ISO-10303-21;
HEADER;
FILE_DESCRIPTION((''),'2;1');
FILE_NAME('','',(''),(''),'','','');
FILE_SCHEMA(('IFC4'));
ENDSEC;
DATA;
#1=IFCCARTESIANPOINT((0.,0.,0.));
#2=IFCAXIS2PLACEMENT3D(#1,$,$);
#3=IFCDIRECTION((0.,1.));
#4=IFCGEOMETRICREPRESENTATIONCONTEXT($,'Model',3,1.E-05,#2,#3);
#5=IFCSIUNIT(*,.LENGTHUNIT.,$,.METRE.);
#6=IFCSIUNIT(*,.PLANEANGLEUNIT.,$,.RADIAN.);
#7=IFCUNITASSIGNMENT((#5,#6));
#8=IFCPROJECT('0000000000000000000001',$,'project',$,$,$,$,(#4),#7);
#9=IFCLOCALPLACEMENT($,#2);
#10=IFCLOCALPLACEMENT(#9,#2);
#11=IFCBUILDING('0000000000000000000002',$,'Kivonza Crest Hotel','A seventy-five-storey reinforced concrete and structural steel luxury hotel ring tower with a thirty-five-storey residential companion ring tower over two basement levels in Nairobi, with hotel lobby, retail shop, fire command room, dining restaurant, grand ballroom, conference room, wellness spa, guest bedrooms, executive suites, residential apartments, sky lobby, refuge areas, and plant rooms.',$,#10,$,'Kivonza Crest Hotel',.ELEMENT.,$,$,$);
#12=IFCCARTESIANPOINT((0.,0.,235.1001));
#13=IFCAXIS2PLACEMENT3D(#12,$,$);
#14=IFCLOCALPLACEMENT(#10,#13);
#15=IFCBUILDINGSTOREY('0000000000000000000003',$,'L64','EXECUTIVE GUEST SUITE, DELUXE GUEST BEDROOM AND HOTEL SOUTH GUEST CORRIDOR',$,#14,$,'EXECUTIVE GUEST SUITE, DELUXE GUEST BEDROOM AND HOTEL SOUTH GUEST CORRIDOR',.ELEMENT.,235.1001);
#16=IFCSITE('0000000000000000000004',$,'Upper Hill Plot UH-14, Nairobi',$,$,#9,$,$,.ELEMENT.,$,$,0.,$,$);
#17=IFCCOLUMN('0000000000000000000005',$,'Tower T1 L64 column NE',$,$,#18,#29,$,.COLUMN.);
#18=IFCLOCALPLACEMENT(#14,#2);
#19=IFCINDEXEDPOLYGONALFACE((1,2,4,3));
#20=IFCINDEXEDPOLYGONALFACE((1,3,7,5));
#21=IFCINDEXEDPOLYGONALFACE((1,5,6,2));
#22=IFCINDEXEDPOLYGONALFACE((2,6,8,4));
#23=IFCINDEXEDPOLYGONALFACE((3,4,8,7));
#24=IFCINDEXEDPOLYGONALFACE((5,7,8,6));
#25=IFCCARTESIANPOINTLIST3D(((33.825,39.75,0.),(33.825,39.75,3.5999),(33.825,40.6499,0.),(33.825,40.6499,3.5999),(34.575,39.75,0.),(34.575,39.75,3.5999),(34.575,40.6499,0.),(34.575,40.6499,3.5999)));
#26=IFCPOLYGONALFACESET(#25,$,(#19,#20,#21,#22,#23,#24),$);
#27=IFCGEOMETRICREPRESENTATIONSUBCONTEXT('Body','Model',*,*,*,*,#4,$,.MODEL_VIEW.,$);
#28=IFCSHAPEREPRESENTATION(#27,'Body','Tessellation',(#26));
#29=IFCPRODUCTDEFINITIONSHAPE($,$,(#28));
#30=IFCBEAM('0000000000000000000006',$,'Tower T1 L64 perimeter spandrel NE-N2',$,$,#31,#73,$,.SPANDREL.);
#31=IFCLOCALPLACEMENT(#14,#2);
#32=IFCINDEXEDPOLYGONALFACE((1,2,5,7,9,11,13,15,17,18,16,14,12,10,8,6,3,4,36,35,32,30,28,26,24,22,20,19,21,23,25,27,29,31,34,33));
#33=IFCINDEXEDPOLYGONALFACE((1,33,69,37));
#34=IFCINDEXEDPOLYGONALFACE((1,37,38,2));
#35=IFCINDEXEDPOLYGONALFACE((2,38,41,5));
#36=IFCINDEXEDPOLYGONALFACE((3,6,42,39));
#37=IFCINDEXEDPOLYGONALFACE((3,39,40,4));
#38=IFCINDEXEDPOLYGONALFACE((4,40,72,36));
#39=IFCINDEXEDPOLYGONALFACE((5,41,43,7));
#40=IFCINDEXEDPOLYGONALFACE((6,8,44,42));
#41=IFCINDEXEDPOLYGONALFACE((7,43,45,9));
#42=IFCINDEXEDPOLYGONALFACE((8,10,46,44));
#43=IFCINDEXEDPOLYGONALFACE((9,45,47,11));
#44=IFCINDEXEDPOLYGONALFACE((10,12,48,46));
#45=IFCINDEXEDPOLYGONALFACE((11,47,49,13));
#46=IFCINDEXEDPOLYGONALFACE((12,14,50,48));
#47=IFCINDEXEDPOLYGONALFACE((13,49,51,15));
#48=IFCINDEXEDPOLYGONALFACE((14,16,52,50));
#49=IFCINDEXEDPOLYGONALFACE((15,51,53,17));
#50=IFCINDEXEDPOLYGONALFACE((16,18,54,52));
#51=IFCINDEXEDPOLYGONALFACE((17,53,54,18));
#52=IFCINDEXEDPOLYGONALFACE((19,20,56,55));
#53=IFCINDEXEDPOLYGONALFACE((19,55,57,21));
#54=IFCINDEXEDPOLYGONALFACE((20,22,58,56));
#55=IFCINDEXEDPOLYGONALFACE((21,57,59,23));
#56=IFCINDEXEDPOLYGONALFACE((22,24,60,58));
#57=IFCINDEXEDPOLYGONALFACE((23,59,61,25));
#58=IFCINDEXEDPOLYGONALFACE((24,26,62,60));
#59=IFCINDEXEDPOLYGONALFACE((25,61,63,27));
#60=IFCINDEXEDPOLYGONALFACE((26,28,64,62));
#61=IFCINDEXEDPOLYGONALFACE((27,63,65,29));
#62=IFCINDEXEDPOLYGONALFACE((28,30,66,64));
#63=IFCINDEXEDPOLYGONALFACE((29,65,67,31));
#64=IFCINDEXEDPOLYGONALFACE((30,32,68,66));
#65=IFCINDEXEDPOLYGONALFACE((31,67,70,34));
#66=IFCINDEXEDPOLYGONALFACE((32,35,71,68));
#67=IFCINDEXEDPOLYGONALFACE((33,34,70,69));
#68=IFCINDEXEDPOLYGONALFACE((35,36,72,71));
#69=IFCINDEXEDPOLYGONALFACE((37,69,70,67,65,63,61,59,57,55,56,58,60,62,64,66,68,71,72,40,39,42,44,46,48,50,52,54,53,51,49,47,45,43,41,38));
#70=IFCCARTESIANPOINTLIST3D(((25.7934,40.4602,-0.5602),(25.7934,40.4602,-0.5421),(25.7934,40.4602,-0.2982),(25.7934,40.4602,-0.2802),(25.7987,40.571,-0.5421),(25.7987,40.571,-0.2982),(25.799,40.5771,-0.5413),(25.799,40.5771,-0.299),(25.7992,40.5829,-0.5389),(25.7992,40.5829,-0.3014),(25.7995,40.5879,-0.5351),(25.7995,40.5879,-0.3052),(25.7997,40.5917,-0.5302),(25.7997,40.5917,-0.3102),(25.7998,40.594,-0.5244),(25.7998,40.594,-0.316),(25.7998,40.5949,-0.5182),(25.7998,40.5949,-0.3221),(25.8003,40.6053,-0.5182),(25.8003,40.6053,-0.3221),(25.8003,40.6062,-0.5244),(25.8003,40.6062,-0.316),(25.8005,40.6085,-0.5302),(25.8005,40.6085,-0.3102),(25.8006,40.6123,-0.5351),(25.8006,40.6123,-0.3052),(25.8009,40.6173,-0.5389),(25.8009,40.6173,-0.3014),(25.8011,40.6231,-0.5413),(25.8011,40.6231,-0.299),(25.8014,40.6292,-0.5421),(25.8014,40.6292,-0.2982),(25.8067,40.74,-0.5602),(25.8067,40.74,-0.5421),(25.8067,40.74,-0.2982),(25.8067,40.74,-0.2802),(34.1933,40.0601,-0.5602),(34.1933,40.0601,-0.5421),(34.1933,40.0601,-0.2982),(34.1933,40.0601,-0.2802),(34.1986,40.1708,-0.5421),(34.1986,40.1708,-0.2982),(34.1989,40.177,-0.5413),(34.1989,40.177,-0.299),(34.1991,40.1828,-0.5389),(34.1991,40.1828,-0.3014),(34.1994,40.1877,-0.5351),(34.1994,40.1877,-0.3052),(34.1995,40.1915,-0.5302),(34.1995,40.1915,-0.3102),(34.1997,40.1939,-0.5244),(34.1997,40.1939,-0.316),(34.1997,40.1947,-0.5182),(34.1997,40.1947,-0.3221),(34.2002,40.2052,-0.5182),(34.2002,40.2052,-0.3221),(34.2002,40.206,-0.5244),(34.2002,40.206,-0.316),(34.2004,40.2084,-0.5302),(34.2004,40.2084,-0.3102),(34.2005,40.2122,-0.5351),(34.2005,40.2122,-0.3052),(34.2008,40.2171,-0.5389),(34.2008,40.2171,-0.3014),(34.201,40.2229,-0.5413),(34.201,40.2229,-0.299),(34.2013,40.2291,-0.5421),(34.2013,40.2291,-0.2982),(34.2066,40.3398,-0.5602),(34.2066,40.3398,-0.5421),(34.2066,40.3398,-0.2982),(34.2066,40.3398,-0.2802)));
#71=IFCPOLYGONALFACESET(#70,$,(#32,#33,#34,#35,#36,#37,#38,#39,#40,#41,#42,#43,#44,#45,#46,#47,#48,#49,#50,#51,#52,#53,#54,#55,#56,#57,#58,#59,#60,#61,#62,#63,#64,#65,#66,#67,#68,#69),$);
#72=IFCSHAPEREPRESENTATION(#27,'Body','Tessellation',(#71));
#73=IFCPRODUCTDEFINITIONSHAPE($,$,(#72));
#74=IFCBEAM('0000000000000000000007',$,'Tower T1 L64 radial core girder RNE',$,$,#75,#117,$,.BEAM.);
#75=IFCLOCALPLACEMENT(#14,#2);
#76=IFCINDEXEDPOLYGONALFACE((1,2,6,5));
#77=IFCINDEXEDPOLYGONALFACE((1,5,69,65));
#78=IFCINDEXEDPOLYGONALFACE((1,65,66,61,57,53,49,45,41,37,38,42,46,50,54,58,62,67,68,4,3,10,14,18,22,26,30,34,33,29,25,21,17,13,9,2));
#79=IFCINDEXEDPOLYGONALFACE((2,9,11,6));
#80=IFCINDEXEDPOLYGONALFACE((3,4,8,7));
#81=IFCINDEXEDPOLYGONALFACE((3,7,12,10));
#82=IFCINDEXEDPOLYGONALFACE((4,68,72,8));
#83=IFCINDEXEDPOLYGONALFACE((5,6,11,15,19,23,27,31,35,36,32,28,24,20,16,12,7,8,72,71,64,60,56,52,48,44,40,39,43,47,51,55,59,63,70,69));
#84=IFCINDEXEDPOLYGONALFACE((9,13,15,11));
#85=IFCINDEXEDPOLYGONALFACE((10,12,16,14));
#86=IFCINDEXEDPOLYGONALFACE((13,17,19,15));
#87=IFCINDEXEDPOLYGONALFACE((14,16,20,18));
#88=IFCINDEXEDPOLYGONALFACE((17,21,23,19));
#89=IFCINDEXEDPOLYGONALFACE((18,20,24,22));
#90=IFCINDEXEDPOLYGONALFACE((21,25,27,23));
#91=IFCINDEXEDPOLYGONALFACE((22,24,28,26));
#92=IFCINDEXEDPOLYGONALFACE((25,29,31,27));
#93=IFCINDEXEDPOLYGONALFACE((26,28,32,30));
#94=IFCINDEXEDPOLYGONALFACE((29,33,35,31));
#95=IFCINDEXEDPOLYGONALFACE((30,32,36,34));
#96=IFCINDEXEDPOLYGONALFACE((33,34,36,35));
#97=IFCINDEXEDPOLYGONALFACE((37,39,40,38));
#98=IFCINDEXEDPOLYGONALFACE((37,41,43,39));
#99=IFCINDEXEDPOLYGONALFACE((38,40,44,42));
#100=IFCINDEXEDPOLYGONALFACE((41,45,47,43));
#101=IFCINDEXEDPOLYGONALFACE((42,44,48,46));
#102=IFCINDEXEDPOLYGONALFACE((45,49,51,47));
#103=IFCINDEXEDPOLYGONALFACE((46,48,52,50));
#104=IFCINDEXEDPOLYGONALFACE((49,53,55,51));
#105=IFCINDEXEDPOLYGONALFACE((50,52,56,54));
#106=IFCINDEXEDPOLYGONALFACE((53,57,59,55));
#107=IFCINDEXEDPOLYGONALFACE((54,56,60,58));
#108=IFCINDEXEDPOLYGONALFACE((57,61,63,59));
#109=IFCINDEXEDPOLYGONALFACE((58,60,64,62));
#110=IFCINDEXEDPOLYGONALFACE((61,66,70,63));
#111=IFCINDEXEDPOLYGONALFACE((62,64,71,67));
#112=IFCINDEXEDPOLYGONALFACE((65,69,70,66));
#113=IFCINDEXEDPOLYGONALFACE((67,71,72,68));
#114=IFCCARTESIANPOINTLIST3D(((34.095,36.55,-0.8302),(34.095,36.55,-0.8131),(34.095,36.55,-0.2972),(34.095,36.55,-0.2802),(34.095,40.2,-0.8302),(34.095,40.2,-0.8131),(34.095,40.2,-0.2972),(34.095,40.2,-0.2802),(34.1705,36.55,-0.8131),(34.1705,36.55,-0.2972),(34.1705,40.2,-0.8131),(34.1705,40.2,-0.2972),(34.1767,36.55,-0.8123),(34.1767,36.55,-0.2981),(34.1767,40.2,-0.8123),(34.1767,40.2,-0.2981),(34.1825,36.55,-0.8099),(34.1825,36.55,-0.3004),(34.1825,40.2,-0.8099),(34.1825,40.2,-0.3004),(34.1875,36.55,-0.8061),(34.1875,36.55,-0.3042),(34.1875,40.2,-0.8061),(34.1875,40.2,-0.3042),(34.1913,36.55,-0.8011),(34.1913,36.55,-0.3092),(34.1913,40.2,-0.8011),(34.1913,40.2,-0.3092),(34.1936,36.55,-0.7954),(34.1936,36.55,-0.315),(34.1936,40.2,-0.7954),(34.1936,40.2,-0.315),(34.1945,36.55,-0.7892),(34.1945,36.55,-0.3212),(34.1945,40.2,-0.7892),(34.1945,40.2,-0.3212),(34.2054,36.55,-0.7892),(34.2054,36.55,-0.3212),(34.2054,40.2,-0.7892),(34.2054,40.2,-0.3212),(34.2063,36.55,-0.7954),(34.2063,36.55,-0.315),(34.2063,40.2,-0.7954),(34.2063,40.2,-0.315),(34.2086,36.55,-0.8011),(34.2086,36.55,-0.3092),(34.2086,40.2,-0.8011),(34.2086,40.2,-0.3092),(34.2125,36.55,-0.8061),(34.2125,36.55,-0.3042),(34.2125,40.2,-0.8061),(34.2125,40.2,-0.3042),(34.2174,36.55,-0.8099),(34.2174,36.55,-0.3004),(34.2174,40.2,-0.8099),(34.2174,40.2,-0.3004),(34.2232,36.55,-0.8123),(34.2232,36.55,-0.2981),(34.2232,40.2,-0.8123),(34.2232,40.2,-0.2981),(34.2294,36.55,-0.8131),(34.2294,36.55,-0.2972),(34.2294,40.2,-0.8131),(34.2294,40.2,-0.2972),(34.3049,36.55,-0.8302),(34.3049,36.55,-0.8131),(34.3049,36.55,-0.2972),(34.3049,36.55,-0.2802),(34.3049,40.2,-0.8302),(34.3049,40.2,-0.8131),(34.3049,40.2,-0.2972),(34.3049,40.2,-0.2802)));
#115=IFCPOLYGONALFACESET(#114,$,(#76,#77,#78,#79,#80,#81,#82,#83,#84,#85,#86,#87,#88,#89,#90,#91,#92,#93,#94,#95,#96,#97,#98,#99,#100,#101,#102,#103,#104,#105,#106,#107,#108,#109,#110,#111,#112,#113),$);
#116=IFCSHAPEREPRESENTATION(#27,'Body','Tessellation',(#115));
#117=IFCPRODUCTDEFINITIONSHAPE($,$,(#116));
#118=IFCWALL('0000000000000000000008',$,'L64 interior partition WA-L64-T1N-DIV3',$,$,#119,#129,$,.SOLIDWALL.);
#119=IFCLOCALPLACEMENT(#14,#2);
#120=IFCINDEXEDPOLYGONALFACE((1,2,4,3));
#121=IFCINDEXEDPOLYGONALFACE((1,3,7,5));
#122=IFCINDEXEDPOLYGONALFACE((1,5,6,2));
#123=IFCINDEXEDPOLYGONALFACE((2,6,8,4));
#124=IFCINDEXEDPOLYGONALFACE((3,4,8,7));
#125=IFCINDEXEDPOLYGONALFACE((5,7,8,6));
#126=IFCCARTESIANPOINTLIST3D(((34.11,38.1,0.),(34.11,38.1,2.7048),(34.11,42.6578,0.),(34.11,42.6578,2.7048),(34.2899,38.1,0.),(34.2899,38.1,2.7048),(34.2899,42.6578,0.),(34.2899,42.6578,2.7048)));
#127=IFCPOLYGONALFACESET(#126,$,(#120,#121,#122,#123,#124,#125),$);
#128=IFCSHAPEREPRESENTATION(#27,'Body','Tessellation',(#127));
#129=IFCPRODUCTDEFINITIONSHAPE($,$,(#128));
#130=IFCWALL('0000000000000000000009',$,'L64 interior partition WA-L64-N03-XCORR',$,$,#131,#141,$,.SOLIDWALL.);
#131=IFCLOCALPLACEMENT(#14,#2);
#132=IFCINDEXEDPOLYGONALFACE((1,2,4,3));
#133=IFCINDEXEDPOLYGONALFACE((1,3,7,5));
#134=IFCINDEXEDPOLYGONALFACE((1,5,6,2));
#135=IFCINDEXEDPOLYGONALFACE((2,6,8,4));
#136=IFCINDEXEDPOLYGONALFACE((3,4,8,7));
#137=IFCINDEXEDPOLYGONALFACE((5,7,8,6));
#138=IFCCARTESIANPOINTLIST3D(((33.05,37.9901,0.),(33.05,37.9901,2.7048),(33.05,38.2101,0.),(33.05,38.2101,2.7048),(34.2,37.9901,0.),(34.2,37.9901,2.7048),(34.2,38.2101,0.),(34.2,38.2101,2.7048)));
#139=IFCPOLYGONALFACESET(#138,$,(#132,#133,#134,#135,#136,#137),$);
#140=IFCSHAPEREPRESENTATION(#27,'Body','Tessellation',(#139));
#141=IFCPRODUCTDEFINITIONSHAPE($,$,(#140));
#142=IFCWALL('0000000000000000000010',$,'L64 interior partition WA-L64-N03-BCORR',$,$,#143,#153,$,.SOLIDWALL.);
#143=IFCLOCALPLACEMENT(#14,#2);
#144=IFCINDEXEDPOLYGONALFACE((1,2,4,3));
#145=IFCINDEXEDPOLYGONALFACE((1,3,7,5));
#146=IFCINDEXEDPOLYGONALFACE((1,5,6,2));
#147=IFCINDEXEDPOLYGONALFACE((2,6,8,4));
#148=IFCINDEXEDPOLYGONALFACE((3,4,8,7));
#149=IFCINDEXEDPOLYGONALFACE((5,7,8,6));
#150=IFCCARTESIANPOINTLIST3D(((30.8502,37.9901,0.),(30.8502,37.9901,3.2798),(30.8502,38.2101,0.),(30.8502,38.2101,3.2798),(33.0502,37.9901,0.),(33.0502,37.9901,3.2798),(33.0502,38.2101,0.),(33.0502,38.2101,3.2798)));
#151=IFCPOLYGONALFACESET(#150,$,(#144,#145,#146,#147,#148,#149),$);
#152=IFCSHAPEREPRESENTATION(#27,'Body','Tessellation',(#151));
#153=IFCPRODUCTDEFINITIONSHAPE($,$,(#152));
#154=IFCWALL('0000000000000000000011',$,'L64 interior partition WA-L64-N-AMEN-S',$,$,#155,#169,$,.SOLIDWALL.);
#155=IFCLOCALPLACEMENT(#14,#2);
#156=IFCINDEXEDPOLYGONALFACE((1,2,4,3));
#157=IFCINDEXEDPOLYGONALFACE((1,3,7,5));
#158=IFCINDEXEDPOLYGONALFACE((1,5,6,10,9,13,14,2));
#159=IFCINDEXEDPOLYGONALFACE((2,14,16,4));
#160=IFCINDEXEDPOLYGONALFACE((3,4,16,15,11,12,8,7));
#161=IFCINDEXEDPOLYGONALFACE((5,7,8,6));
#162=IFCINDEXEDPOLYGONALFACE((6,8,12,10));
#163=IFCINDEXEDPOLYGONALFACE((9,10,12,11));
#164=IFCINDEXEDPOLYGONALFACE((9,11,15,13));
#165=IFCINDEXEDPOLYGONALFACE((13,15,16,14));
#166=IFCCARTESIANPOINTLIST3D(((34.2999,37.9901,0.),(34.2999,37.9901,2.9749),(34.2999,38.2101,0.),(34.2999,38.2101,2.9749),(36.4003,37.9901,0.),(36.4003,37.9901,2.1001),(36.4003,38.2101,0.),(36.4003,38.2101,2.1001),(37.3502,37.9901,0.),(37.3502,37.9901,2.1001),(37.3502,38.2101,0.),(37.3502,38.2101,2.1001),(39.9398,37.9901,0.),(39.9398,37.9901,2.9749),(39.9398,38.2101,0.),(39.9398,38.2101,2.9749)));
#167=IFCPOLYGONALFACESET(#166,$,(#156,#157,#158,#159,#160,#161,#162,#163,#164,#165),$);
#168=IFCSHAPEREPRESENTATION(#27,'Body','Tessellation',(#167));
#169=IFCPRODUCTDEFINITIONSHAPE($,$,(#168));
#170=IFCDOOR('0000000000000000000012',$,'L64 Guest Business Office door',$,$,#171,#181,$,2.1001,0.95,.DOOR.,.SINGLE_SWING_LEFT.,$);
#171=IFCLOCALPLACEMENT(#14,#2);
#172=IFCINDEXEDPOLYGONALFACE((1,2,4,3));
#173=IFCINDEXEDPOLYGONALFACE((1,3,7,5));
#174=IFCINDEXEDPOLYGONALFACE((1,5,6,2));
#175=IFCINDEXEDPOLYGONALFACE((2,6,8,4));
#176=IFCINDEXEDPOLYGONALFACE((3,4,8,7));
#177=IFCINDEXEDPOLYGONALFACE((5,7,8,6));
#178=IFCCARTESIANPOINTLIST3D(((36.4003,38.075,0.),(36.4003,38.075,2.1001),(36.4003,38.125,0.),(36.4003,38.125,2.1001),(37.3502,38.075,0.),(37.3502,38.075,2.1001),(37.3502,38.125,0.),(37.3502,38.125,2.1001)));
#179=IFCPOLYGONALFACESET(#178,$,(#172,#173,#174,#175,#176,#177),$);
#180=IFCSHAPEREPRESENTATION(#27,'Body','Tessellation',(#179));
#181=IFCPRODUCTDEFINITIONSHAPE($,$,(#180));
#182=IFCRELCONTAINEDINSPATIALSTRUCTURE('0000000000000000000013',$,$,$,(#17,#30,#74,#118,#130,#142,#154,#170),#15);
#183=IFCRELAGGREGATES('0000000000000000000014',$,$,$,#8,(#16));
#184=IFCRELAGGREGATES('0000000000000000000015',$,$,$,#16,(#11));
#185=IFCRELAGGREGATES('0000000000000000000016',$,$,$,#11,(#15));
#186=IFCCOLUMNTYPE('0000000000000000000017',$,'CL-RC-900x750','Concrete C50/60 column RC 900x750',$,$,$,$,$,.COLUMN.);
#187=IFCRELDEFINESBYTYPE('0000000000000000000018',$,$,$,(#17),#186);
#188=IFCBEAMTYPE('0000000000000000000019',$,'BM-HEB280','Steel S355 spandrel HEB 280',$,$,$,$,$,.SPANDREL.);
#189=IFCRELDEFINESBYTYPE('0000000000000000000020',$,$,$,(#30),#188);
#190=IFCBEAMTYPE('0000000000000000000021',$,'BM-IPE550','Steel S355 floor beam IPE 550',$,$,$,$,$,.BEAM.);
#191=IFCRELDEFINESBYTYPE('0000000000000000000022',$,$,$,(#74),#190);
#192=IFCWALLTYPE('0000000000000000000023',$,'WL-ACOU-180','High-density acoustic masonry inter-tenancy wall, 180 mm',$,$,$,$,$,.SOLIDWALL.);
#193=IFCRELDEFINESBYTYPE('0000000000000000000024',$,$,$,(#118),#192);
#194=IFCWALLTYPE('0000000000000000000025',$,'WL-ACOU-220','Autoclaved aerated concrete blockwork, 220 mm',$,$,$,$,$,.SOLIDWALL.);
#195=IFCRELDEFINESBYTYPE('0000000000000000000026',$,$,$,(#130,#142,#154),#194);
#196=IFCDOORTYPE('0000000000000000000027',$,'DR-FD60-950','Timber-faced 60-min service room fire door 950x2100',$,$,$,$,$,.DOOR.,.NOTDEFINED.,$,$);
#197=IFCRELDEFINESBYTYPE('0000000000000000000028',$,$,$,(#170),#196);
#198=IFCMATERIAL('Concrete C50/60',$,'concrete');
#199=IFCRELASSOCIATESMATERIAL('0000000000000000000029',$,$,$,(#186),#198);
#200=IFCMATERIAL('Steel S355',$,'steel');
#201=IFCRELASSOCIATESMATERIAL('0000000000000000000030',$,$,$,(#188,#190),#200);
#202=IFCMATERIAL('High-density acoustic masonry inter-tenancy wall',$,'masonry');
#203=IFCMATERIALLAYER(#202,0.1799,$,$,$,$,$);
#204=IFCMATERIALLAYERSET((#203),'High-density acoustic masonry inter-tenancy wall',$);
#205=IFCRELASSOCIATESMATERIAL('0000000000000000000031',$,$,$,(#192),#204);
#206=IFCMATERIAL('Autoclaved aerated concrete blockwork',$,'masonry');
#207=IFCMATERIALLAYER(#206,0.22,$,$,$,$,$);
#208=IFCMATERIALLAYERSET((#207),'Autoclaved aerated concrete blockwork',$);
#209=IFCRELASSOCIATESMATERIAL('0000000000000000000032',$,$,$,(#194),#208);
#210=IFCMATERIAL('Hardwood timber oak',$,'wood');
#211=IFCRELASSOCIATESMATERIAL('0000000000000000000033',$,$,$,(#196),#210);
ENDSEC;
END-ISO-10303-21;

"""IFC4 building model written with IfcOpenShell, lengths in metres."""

from ifc_helpers import new_model, si_unit, direction, frame, frame_2d, origin, origin_2d, place, context, subcontext, project, spatial, rectangle, i_section, extrude, material, layer, layer_set, material_profile, profile_set, type_object, element, fill, save


model = new_model("IFC4")

# Units and contexts
model_context = context("Model", 3, precision=1e-05, world=origin(), true_north=direction((0.0, 1.0)))
body_context = subcontext(model_context, "Body", "Model", "MODEL_VIEW")
ifc_project = project(units=[si_unit("LENGTHUNIT", "METRE"), si_unit("PLANEANGLEUNIT", "RADIAN")], contexts=[model_context])

# Site, building, storey
site_placement = place(None, origin())
site = spatial("IfcSite", under=ifc_project, at=site_placement, Name="Upper Hill Plot UH-14, Nairobi", CompositionType="ELEMENT", RefElevation=0.0)
building_placement = place(site_placement, origin())
building = spatial("IfcBuilding", under=site, at=building_placement, Name="Kivonza Crest Hotel", Description="A seventy-five-storey reinforced concrete and structural steel luxury hotel ring tower with a thirty-five-storey residential companion ring tower over two basement levels in Nairobi, with hotel lobby, retail shop, fire command room, dining restaurant, grand ballroom, conference room, wellness spa, guest bedrooms, executive suites, residential apartments, sky lobby, refuge areas, and plant rooms.", LongName="Kivonza Crest Hotel", CompositionType="ELEMENT")
storey_placement = place(building_placement, frame((0.0, 0.0, 235.1001)))
storey = spatial("IfcBuildingStorey", under=building, at=storey_placement, Name="L64", Description="EXECUTIVE GUEST SUITE, DELUXE GUEST BEDROOM AND HOTEL SOUTH GUEST CORRIDOR", LongName="EXECUTIVE GUEST SUITE, DELUXE GUEST BEDROOM AND HOTEL SOUTH GUEST CORRIDOR", CompositionType="ELEMENT", Elevation=235.1001)

# Column
ifc_material_1 = material(Name="Concrete C50/60", Category="concrete")
ifc_material_profile_1 = material_profile(ifc_material_1, rectangle(XDim=0.75, YDim=0.8999, at=origin_2d()), Name="RC 900x750")
ifc_profile_set_1 = profile_set([ifc_material_profile_1], Name="Concrete C50/60")
column_type = type_object("IfcColumnType", Name="CL-RC-900x750", Description="Concrete C50/60 column RC 900x750", PredefinedType="COLUMN", material=ifc_profile_set_1)
column_placement = place(storey_placement, frame((34.2, 40.2, 0.0), z_axis=(0.0, 0.0, 1.0), x_axis=(1.0, 0.0, 0.0)))
element("IfcColumn", 1, at=column_placement, inside=storey, type_object=column_type, Name="Tower T1 L64 column NE", PredefinedType="COLUMN", context=body_context, shape_type="SweptSolid", body=[
    extrude(rectangle(XDim=0.75, YDim=0.8999, at=origin_2d()), origin(), (0.0, 0.0, 1.0), 3.5999),
])

# Beams
ifc_material_2 = material(Name="Steel S355", Category="steel")
ifc_material_profile_2 = material_profile(ifc_material_2, i_section(OverallWidth=0.28, OverallDepth=0.28, WebThickness=0.0105, FlangeThickness=0.0181, FilletRadius=0.0239, at=origin_2d()), Name="HEB 280")
ifc_profile_set_2 = profile_set([ifc_material_profile_2], Name="Steel S355")
beam_type_1 = type_object("IfcBeamType", Name="BM-HEB280", Description="Steel S355 spandrel HEB 280", PredefinedType="SPANDREL", material=ifc_profile_set_2)
beam_1_placement = place(storey_placement, frame((34.2, 40.2, -0.4202), z_axis=(-0.998867, 0.047583, 0.0), x_axis=(-0.047583, -0.998867, 0.0)))
element("IfcBeam", 2, at=beam_1_placement, inside=storey, type_object=beam_type_1, Name="Tower T1 L64 perimeter spandrel NE-N2", PredefinedType="SPANDREL", context=body_context, shape_type="SweptSolid", body=[
    extrude(i_section(OverallWidth=0.28, OverallDepth=0.28, WebThickness=0.0105, FlangeThickness=0.0181, FilletRadius=0.0239, at=origin_2d()), origin(), (0.0, 0.0, 1.0), 8.4094),
])
ifc_material_profile_3 = material_profile(ifc_material_2, i_section(OverallWidth=0.21, OverallDepth=0.55, WebThickness=0.011, FlangeThickness=0.0171, FilletRadius=0.0239, at=origin_2d()), Name="IPE 550")
ifc_profile_set_3 = profile_set([ifc_material_profile_3], Name="Steel S355")
beam_type_2 = type_object("IfcBeamType", Name="BM-IPE550", Description="Steel S355 floor beam IPE 550", PredefinedType="BEAM", material=ifc_profile_set_3)
beam_2_placement = place(storey_placement, frame((34.2, 40.2, -0.5552), z_axis=(0.0, -1.0, 0.0), x_axis=(1.0, 0.0, 0.0)))
element("IfcBeam", 3, at=beam_2_placement, inside=storey, type_object=beam_type_2, Name="Tower T1 L64 radial core girder RNE", PredefinedType="BEAM", context=body_context, shape_type="SweptSolid", body=[
    extrude(i_section(OverallWidth=0.21, OverallDepth=0.55, WebThickness=0.011, FlangeThickness=0.0171, FilletRadius=0.0239, at=origin_2d()), origin(), (0.0, 0.0, 1.0), 3.6499),
])

# Walls
ifc_material_3 = material(Name="High-density acoustic masonry inter-tenancy wall", Category="masonry")
ifc_layer_1 = layer(ifc_material_3, 0.1799)
ifc_layer_set_1 = layer_set([ifc_layer_1], Name="High-density acoustic masonry inter-tenancy wall")
wall_type_1 = type_object("IfcWallType", Name="WL-ACOU-180", Description="High-density acoustic masonry inter-tenancy wall, 180 mm", PredefinedType="SOLIDWALL", material=ifc_layer_set_1)
wall_1_placement = place(storey_placement, frame((34.2, 38.1001, 0.0), z_axis=(0.0, 0.0, 1.0), x_axis=(0.0, 1.0, 0.0)))
element("IfcWall", 4, at=wall_1_placement, inside=storey, type_object=wall_type_1, Name="L64 interior partition WA-L64-T1N-DIV3", PredefinedType="SOLIDWALL", context=body_context, shape_type="SweptSolid", body=[
    extrude(rectangle(XDim=4.5579, YDim=0.1799, at=frame_2d((2.2788, 0.0))), origin(), (0.0, 0.0, 1.0), 2.7048),
])
ifc_material_4 = material(Name="Autoclaved aerated concrete blockwork", Category="masonry")
ifc_layer_2 = layer(ifc_material_4, 0.22)
ifc_layer_set_2 = layer_set([ifc_layer_2], Name="Autoclaved aerated concrete blockwork")
wall_type_2 = type_object("IfcWallType", Name="WL-ACOU-220", Description="Autoclaved aerated concrete blockwork, 220 mm", PredefinedType="SOLIDWALL", material=ifc_layer_set_2)
wall_2_placement = place(storey_placement, frame((33.05, 38.1001, 0.0), z_axis=(0.0, 0.0, 1.0), x_axis=(1.0, 0.0, 0.0)))
element("IfcWall", 5, at=wall_2_placement, inside=storey, type_object=wall_type_2, Name="L64 interior partition WA-L64-N03-XCORR", PredefinedType="SOLIDWALL", context=body_context, shape_type="SweptSolid", body=[
    extrude(rectangle(XDim=1.1499, YDim=0.22, at=frame_2d((0.575, 0.0))), origin(), (0.0, 0.0, 1.0), 2.7048),
])
wall_3_placement = place(storey_placement, frame((30.8501, 38.1001, 0.0), z_axis=(0.0, 0.0, 1.0), x_axis=(1.0, 0.0, 0.0)))
element("IfcWall", 6, at=wall_3_placement, inside=storey, type_object=wall_type_2, Name="L64 interior partition WA-L64-N03-BCORR", PredefinedType="SOLIDWALL", context=body_context, shape_type="SweptSolid", body=[
    extrude(rectangle(XDim=2.2, YDim=0.22, at=frame_2d((1.1001, 0.0))), origin(), (0.0, 0.0, 1.0), 3.2798),
])

# Wall, opening, door
wall_4_placement = place(storey_placement, frame((34.3, 38.1001, 0.0), z_axis=(0.0, 0.0, 1.0), x_axis=(1.0, 0.0, 0.0)))
wall_4 = element("IfcWall", 7, at=wall_4_placement, inside=storey, type_object=wall_type_2, Name="L64 interior partition WA-L64-N-AMEN-S", PredefinedType="SOLIDWALL", context=body_context, shape_type="SweptSolid", body=[
    extrude(rectangle(XDim=5.6399, YDim=0.22, at=frame_2d((2.8198, 0.0))), origin(), (0.0, 0.0, 1.0), 2.9749),
])
opening_1_placement = place(wall_4_placement, frame((2.1001, 0.0, 0.0)))
opening_1 = element("IfcOpeningElement", 8, at=opening_1_placement, cuts=wall_4, PredefinedType="OPENING", context=body_context, shape_type="SweptSolid", body=[
    extrude(rectangle(XDim=0.95, YDim=2.1001, at=frame_2d((0.4751, 1.05))), frame((0.0, 0.1201, 0.0), z_axis=(0.0, -1.0, 0.0), x_axis=(1.0, 0.0, 0.0)), (0.0, 0.0, 1.0), 0.24),
])
ifc_material_5 = material(Name="Hardwood timber oak", Category="wood")
door_type_1 = type_object("IfcDoorType", Name="DR-FD60-950", Description="Timber-faced 60-min service room fire door 950x2100", OperationType="NOTDEFINED", PredefinedType="DOOR", material=ifc_material_5)
door_1_placement = place(opening_1_placement, origin())
door_1 = element("IfcDoor", 9, at=door_1_placement, inside=storey, type_object=door_type_1, Name="L64 Guest Business Office door", OperationType="SINGLE_SWING_LEFT", OverallHeight=2.1001, OverallWidth=0.95, PredefinedType="DOOR", context=body_context, shape_type="SweptSolid", body=[
    extrude(rectangle(XDim=0.95, YDim=2.1001, at=frame_2d((0.4751, 1.05))), frame((0.0, 0.0249, 0.0), z_axis=(0.0, -1.0, 0.0), x_axis=(1.0, 0.0, 0.0)), (0.0, 0.0, 1.0), 0.05),
])
fill(opening_1, door_1)

save(model, "model.ifc")
